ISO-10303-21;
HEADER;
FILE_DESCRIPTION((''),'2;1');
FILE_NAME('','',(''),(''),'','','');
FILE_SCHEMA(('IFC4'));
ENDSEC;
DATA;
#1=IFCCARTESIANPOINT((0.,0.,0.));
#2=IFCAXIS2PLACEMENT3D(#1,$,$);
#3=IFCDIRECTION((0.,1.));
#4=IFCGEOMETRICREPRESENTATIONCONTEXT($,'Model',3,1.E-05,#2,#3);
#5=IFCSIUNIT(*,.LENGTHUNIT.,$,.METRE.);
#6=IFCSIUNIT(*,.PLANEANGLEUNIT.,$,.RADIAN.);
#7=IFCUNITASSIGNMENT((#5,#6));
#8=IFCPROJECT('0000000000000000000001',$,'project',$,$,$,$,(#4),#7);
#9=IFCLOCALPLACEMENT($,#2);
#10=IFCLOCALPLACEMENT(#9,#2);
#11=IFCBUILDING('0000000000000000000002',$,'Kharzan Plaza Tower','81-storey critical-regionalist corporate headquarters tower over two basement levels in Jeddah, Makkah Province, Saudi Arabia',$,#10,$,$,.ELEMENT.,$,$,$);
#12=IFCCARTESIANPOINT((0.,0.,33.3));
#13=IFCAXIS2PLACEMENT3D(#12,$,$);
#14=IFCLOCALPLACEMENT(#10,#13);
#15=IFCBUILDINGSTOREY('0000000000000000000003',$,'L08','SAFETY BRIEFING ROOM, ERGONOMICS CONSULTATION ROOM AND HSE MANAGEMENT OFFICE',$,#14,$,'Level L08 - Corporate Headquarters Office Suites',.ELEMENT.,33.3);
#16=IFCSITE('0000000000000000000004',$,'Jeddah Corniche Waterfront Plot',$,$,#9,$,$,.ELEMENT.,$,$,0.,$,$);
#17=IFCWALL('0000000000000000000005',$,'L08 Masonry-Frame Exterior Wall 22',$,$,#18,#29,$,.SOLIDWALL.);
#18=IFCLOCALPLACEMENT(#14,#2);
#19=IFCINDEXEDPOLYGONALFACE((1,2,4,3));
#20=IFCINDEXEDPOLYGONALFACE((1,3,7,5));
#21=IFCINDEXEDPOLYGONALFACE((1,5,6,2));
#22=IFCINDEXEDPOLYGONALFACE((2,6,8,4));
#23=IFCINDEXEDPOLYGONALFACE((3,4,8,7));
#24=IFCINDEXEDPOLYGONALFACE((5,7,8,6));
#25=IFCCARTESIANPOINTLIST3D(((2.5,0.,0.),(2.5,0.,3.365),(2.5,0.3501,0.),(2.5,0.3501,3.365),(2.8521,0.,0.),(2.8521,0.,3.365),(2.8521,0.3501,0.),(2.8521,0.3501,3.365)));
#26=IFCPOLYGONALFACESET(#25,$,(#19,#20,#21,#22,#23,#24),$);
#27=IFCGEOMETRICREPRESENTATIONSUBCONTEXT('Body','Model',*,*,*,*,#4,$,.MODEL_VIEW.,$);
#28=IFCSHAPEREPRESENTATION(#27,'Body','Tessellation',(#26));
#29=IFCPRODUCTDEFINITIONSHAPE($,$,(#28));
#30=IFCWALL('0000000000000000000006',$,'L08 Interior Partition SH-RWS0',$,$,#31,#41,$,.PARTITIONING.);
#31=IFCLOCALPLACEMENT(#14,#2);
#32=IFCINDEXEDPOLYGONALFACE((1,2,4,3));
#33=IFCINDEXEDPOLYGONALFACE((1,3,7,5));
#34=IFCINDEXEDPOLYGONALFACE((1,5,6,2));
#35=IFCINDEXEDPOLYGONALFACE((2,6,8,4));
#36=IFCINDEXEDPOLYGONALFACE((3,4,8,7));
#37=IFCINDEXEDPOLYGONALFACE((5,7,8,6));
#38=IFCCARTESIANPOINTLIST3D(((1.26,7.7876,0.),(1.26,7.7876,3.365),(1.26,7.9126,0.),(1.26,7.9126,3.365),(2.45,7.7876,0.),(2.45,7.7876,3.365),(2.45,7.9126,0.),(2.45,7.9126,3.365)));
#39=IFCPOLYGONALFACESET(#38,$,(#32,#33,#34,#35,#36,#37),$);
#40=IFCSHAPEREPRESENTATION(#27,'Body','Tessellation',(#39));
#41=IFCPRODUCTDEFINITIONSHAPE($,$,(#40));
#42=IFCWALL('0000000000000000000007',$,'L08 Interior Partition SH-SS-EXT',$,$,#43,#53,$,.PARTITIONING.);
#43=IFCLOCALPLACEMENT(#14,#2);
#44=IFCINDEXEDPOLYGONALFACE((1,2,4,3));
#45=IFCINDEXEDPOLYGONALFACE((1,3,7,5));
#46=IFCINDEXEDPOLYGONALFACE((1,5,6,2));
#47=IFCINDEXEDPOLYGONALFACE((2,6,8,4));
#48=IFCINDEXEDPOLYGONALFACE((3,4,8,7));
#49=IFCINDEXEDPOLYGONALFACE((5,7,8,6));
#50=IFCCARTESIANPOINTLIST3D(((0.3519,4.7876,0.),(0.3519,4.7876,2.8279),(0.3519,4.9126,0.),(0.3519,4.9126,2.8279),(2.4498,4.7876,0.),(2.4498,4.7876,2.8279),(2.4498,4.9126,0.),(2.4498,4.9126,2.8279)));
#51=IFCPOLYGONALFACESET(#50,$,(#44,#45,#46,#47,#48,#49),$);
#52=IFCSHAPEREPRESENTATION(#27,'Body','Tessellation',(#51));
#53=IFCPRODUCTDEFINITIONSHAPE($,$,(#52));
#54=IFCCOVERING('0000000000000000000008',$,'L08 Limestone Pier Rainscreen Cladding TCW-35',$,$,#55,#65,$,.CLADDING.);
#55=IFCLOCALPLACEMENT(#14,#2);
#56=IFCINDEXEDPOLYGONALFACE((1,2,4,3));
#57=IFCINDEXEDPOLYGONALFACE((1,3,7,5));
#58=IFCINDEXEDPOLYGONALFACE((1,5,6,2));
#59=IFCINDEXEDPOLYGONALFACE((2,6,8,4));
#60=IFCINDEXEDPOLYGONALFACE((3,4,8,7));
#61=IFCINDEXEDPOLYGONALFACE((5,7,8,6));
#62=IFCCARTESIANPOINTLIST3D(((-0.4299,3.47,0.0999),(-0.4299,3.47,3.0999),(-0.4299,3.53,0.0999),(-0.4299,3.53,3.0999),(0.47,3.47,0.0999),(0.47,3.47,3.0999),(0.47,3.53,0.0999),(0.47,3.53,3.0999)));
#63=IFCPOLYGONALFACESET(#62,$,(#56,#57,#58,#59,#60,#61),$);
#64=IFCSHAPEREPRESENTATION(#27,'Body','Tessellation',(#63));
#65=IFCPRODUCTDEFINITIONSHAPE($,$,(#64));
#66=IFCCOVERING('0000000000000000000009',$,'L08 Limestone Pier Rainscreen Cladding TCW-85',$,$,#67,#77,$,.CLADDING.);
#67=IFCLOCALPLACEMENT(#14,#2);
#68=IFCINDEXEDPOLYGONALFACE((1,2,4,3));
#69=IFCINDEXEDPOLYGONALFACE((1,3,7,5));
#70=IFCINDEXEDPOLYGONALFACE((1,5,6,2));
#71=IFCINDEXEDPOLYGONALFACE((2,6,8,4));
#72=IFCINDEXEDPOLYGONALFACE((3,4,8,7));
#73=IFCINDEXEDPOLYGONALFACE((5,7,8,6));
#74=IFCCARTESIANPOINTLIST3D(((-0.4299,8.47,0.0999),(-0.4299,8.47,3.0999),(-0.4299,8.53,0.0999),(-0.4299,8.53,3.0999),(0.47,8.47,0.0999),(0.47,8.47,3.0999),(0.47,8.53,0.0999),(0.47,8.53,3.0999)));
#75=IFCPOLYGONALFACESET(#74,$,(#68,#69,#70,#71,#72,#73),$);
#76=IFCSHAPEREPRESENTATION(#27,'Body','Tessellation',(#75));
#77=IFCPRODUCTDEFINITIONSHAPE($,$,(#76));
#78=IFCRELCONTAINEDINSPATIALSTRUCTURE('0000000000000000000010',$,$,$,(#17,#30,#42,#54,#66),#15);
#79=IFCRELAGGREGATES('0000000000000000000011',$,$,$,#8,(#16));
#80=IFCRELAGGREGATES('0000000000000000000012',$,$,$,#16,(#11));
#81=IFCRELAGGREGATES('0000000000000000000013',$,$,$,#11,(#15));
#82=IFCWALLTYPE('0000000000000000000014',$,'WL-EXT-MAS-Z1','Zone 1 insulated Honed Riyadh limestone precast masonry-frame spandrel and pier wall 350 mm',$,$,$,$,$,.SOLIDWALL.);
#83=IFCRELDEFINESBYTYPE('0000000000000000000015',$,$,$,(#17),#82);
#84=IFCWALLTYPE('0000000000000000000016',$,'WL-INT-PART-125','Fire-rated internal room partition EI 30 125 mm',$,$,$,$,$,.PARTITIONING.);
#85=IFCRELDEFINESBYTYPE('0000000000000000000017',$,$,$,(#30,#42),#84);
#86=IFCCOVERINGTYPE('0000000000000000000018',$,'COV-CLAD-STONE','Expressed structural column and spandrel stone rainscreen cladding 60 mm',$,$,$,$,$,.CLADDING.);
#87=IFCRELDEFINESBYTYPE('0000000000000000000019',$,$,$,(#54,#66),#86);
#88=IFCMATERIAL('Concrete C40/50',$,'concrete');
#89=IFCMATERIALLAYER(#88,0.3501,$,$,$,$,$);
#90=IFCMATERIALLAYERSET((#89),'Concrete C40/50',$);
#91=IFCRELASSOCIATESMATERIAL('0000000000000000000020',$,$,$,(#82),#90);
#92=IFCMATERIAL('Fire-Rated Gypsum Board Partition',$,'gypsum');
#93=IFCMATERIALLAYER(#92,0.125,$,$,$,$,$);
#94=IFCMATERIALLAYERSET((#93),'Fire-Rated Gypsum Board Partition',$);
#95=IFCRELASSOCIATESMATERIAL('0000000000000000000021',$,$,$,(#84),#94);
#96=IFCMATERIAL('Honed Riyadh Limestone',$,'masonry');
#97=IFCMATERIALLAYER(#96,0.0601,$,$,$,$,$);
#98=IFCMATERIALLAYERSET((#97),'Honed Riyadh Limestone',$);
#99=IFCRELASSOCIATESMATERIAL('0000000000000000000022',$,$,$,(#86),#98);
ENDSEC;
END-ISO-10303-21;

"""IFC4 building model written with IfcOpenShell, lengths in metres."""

from ifc_helpers import new_model, si_unit, direction, frame, frame_2d, origin, origin_2d, place, context, subcontext, project, spatial, rectangle, extrude, source, transform, mapped, material, layer, layer_set, type_object, element, save


model = new_model("IFC4")

# Units and contexts
model_context = context("Model", 3, precision=1e-05, world=origin(), true_north=direction((0.0, 1.0)))
body_context = subcontext(model_context, "Body", "Model", "MODEL_VIEW")
ifc_project = project(units=[si_unit("LENGTHUNIT", "METRE"), si_unit("PLANEANGLEUNIT", "RADIAN")], contexts=[model_context])

# Site, building, storey
site_placement = place(None, origin())
site = spatial("IfcSite", under=ifc_project, at=site_placement, Name="Jeddah Corniche Waterfront Plot", CompositionType="ELEMENT", RefElevation=0.0)
building_placement = place(site_placement, origin())
building = spatial("IfcBuilding", under=site, at=building_placement, Name="Kharzan Plaza Tower", Description="81-storey critical-regionalist corporate headquarters tower over two basement levels in Jeddah, Makkah Province, Saudi Arabia", CompositionType="ELEMENT")
storey_placement = place(building_placement, frame((0.0, 0.0, 33.3)))
storey = spatial("IfcBuildingStorey", under=building, at=storey_placement, Name="L08", Description="SAFETY BRIEFING ROOM, ERGONOMICS CONSULTATION ROOM AND HSE MANAGEMENT OFFICE", LongName="Level L08 - Corporate Headquarters Office Suites", CompositionType="ELEMENT", Elevation=33.3)

# Shared definitions
ifc_material_1 = material(Name="Concrete C40/50", Category="concrete")

# Shared definitions
ifc_layer_1 = layer(ifc_material_1, 0.3501)
ifc_layer_set_1 = layer_set([ifc_layer_1], Name="Concrete C40/50")
wall_type_1 = type_object("IfcWallType", Name="WL-EXT-MAS-Z1", Description="Zone 1 insulated Honed Riyadh limestone precast masonry-frame spandrel and pier wall 350 mm", PredefinedType="SOLIDWALL", material=ifc_layer_set_1)

# Shared definitions
ifc_material_2 = material(Name="Fire-Rated Gypsum Board Partition", Category="gypsum")
ifc_layer_2 = layer(ifc_material_2, 0.125)
ifc_layer_set_2 = layer_set([ifc_layer_2], Name="Fire-Rated Gypsum Board Partition")
wall_type_2 = type_object("IfcWallType", Name="WL-INT-PART-125", Description="Fire-rated internal room partition EI 30 125 mm", PredefinedType="PARTITIONING", material=ifc_layer_set_2)

# Walls
shared_shape_1 = source(origin(), body_context, "Body", "SweptSolid", [
    extrude(rectangle(XDim=0.3521, YDim=0.3501, at=frame_2d((0.176, 0.0))), origin(), (0.0, 0.0, 1.0), 3.365),
])
wall_1_placement = place(storey_placement, frame((2.5, 0.175, 0.0), z_axis=(0.0, 0.0, 1.0), x_axis=(1.0, 0.0, 0.0)))
element("IfcWall", 1, at=wall_1_placement, inside=storey, type_object=wall_type_1, Name="L08 Masonry-Frame Exterior Wall 22", PredefinedType="SOLIDWALL", context=body_context, shape_type="MappedRepresentation", body=[
    mapped(shared_shape_1, transform((0.0, 0.0, 0.0), x_axis=(1.0, 0.0, 0.0), y_axis=(0.0, 1.0, 0.0), z_axis=(0.0, 0.0, 1.0))),
])
shared_shape_2 = source(origin(), body_context, "Body", "SweptSolid", [
    extrude(rectangle(XDim=1.1899, YDim=0.125, at=frame_2d((0.595, 0.0))), origin(), (0.0, 0.0, 1.0), 3.365),
])
wall_2_placement = place(storey_placement, frame((1.26, 7.8501, 0.0), z_axis=(0.0, 0.0, 1.0), x_axis=(1.0, 0.0, 0.0)))
element("IfcWall", 2, at=wall_2_placement, inside=storey, type_object=wall_type_2, Name="L08 Interior Partition SH-RWS0", PredefinedType="PARTITIONING", context=body_context, shape_type="MappedRepresentation", body=[
    mapped(shared_shape_2, transform((0.0, 0.0, 0.0), x_axis=(1.0, 0.0, 0.0), y_axis=(0.0, 1.0, 0.0), z_axis=(0.0, 0.0, 1.0))),
])
shared_shape_3 = source(origin(), body_context, "Body", "SweptSolid", [
    extrude(rectangle(XDim=2.0979, YDim=0.125, at=frame_2d((1.0488, 0.0))), origin(), (0.0, 0.0, 1.0), 2.8279),
])
wall_3_placement = place(storey_placement, frame((0.3521, 4.8501, 0.0), z_axis=(0.0, 0.0, 1.0), x_axis=(1.0, 0.0, 0.0)))
element("IfcWall", 3, at=wall_3_placement, inside=storey, type_object=wall_type_2, Name="L08 Interior Partition SH-SS-EXT", PredefinedType="PARTITIONING", context=body_context, shape_type="MappedRepresentation", body=[
    mapped(shared_shape_3, transform((0.0, 0.0, 0.0), x_axis=(1.0, 0.0, 0.0), y_axis=(0.0, 1.0, 0.0), z_axis=(0.0, 0.0, 1.0))),
])

# Coverings
ifc_material_3 = material(Name="Honed Riyadh Limestone", Category="masonry")
ifc_layer_3 = layer(ifc_material_3, 0.0601)
ifc_layer_set_3 = layer_set([ifc_layer_3], Name="Honed Riyadh Limestone")
covering_type = type_object("IfcCoveringType", Name="COV-CLAD-STONE", Description="Expressed structural column and spandrel stone rainscreen cladding 60 mm", PredefinedType="CLADDING", material=ifc_layer_set_3)
shared_shape_4 = source(origin(), body_context, "Body", "SweptSolid", [
    extrude(rectangle(XDim=0.0601, YDim=0.8999, at=origin_2d()), origin(), (0.0, 0.0, 1.0), 3.0),
])
for number, where, z_axis, x_axis, name in (
    (4, (0.02, 3.5, 0.0999), (0.0, 0.0, 1.0), (0.0, 1.0, 0.0), "L08 Limestone Pier Rainscreen Cladding TCW-35"),
    (5, (0.02, 8.5, 0.0999), (0.0, 0.0, 1.0), (0.0, 1.0, 0.0), "L08 Limestone Pier Rainscreen Cladding TCW-85"),
):
    element("IfcCovering", number, at=place(storey_placement, frame(where, z_axis=z_axis, x_axis=x_axis)), inside=storey, type_object=covering_type, Name=name, PredefinedType="CLADDING", context=body_context, shape_type="MappedRepresentation", body=[
        mapped(shared_shape_4, transform((0.0, 0.0, 0.0), x_axis=(1.0, 0.0, 0.0), y_axis=(0.0, 1.0, 0.0), z_axis=(0.0, 0.0, 1.0))),
    ])

save(model, "model.ifc")
